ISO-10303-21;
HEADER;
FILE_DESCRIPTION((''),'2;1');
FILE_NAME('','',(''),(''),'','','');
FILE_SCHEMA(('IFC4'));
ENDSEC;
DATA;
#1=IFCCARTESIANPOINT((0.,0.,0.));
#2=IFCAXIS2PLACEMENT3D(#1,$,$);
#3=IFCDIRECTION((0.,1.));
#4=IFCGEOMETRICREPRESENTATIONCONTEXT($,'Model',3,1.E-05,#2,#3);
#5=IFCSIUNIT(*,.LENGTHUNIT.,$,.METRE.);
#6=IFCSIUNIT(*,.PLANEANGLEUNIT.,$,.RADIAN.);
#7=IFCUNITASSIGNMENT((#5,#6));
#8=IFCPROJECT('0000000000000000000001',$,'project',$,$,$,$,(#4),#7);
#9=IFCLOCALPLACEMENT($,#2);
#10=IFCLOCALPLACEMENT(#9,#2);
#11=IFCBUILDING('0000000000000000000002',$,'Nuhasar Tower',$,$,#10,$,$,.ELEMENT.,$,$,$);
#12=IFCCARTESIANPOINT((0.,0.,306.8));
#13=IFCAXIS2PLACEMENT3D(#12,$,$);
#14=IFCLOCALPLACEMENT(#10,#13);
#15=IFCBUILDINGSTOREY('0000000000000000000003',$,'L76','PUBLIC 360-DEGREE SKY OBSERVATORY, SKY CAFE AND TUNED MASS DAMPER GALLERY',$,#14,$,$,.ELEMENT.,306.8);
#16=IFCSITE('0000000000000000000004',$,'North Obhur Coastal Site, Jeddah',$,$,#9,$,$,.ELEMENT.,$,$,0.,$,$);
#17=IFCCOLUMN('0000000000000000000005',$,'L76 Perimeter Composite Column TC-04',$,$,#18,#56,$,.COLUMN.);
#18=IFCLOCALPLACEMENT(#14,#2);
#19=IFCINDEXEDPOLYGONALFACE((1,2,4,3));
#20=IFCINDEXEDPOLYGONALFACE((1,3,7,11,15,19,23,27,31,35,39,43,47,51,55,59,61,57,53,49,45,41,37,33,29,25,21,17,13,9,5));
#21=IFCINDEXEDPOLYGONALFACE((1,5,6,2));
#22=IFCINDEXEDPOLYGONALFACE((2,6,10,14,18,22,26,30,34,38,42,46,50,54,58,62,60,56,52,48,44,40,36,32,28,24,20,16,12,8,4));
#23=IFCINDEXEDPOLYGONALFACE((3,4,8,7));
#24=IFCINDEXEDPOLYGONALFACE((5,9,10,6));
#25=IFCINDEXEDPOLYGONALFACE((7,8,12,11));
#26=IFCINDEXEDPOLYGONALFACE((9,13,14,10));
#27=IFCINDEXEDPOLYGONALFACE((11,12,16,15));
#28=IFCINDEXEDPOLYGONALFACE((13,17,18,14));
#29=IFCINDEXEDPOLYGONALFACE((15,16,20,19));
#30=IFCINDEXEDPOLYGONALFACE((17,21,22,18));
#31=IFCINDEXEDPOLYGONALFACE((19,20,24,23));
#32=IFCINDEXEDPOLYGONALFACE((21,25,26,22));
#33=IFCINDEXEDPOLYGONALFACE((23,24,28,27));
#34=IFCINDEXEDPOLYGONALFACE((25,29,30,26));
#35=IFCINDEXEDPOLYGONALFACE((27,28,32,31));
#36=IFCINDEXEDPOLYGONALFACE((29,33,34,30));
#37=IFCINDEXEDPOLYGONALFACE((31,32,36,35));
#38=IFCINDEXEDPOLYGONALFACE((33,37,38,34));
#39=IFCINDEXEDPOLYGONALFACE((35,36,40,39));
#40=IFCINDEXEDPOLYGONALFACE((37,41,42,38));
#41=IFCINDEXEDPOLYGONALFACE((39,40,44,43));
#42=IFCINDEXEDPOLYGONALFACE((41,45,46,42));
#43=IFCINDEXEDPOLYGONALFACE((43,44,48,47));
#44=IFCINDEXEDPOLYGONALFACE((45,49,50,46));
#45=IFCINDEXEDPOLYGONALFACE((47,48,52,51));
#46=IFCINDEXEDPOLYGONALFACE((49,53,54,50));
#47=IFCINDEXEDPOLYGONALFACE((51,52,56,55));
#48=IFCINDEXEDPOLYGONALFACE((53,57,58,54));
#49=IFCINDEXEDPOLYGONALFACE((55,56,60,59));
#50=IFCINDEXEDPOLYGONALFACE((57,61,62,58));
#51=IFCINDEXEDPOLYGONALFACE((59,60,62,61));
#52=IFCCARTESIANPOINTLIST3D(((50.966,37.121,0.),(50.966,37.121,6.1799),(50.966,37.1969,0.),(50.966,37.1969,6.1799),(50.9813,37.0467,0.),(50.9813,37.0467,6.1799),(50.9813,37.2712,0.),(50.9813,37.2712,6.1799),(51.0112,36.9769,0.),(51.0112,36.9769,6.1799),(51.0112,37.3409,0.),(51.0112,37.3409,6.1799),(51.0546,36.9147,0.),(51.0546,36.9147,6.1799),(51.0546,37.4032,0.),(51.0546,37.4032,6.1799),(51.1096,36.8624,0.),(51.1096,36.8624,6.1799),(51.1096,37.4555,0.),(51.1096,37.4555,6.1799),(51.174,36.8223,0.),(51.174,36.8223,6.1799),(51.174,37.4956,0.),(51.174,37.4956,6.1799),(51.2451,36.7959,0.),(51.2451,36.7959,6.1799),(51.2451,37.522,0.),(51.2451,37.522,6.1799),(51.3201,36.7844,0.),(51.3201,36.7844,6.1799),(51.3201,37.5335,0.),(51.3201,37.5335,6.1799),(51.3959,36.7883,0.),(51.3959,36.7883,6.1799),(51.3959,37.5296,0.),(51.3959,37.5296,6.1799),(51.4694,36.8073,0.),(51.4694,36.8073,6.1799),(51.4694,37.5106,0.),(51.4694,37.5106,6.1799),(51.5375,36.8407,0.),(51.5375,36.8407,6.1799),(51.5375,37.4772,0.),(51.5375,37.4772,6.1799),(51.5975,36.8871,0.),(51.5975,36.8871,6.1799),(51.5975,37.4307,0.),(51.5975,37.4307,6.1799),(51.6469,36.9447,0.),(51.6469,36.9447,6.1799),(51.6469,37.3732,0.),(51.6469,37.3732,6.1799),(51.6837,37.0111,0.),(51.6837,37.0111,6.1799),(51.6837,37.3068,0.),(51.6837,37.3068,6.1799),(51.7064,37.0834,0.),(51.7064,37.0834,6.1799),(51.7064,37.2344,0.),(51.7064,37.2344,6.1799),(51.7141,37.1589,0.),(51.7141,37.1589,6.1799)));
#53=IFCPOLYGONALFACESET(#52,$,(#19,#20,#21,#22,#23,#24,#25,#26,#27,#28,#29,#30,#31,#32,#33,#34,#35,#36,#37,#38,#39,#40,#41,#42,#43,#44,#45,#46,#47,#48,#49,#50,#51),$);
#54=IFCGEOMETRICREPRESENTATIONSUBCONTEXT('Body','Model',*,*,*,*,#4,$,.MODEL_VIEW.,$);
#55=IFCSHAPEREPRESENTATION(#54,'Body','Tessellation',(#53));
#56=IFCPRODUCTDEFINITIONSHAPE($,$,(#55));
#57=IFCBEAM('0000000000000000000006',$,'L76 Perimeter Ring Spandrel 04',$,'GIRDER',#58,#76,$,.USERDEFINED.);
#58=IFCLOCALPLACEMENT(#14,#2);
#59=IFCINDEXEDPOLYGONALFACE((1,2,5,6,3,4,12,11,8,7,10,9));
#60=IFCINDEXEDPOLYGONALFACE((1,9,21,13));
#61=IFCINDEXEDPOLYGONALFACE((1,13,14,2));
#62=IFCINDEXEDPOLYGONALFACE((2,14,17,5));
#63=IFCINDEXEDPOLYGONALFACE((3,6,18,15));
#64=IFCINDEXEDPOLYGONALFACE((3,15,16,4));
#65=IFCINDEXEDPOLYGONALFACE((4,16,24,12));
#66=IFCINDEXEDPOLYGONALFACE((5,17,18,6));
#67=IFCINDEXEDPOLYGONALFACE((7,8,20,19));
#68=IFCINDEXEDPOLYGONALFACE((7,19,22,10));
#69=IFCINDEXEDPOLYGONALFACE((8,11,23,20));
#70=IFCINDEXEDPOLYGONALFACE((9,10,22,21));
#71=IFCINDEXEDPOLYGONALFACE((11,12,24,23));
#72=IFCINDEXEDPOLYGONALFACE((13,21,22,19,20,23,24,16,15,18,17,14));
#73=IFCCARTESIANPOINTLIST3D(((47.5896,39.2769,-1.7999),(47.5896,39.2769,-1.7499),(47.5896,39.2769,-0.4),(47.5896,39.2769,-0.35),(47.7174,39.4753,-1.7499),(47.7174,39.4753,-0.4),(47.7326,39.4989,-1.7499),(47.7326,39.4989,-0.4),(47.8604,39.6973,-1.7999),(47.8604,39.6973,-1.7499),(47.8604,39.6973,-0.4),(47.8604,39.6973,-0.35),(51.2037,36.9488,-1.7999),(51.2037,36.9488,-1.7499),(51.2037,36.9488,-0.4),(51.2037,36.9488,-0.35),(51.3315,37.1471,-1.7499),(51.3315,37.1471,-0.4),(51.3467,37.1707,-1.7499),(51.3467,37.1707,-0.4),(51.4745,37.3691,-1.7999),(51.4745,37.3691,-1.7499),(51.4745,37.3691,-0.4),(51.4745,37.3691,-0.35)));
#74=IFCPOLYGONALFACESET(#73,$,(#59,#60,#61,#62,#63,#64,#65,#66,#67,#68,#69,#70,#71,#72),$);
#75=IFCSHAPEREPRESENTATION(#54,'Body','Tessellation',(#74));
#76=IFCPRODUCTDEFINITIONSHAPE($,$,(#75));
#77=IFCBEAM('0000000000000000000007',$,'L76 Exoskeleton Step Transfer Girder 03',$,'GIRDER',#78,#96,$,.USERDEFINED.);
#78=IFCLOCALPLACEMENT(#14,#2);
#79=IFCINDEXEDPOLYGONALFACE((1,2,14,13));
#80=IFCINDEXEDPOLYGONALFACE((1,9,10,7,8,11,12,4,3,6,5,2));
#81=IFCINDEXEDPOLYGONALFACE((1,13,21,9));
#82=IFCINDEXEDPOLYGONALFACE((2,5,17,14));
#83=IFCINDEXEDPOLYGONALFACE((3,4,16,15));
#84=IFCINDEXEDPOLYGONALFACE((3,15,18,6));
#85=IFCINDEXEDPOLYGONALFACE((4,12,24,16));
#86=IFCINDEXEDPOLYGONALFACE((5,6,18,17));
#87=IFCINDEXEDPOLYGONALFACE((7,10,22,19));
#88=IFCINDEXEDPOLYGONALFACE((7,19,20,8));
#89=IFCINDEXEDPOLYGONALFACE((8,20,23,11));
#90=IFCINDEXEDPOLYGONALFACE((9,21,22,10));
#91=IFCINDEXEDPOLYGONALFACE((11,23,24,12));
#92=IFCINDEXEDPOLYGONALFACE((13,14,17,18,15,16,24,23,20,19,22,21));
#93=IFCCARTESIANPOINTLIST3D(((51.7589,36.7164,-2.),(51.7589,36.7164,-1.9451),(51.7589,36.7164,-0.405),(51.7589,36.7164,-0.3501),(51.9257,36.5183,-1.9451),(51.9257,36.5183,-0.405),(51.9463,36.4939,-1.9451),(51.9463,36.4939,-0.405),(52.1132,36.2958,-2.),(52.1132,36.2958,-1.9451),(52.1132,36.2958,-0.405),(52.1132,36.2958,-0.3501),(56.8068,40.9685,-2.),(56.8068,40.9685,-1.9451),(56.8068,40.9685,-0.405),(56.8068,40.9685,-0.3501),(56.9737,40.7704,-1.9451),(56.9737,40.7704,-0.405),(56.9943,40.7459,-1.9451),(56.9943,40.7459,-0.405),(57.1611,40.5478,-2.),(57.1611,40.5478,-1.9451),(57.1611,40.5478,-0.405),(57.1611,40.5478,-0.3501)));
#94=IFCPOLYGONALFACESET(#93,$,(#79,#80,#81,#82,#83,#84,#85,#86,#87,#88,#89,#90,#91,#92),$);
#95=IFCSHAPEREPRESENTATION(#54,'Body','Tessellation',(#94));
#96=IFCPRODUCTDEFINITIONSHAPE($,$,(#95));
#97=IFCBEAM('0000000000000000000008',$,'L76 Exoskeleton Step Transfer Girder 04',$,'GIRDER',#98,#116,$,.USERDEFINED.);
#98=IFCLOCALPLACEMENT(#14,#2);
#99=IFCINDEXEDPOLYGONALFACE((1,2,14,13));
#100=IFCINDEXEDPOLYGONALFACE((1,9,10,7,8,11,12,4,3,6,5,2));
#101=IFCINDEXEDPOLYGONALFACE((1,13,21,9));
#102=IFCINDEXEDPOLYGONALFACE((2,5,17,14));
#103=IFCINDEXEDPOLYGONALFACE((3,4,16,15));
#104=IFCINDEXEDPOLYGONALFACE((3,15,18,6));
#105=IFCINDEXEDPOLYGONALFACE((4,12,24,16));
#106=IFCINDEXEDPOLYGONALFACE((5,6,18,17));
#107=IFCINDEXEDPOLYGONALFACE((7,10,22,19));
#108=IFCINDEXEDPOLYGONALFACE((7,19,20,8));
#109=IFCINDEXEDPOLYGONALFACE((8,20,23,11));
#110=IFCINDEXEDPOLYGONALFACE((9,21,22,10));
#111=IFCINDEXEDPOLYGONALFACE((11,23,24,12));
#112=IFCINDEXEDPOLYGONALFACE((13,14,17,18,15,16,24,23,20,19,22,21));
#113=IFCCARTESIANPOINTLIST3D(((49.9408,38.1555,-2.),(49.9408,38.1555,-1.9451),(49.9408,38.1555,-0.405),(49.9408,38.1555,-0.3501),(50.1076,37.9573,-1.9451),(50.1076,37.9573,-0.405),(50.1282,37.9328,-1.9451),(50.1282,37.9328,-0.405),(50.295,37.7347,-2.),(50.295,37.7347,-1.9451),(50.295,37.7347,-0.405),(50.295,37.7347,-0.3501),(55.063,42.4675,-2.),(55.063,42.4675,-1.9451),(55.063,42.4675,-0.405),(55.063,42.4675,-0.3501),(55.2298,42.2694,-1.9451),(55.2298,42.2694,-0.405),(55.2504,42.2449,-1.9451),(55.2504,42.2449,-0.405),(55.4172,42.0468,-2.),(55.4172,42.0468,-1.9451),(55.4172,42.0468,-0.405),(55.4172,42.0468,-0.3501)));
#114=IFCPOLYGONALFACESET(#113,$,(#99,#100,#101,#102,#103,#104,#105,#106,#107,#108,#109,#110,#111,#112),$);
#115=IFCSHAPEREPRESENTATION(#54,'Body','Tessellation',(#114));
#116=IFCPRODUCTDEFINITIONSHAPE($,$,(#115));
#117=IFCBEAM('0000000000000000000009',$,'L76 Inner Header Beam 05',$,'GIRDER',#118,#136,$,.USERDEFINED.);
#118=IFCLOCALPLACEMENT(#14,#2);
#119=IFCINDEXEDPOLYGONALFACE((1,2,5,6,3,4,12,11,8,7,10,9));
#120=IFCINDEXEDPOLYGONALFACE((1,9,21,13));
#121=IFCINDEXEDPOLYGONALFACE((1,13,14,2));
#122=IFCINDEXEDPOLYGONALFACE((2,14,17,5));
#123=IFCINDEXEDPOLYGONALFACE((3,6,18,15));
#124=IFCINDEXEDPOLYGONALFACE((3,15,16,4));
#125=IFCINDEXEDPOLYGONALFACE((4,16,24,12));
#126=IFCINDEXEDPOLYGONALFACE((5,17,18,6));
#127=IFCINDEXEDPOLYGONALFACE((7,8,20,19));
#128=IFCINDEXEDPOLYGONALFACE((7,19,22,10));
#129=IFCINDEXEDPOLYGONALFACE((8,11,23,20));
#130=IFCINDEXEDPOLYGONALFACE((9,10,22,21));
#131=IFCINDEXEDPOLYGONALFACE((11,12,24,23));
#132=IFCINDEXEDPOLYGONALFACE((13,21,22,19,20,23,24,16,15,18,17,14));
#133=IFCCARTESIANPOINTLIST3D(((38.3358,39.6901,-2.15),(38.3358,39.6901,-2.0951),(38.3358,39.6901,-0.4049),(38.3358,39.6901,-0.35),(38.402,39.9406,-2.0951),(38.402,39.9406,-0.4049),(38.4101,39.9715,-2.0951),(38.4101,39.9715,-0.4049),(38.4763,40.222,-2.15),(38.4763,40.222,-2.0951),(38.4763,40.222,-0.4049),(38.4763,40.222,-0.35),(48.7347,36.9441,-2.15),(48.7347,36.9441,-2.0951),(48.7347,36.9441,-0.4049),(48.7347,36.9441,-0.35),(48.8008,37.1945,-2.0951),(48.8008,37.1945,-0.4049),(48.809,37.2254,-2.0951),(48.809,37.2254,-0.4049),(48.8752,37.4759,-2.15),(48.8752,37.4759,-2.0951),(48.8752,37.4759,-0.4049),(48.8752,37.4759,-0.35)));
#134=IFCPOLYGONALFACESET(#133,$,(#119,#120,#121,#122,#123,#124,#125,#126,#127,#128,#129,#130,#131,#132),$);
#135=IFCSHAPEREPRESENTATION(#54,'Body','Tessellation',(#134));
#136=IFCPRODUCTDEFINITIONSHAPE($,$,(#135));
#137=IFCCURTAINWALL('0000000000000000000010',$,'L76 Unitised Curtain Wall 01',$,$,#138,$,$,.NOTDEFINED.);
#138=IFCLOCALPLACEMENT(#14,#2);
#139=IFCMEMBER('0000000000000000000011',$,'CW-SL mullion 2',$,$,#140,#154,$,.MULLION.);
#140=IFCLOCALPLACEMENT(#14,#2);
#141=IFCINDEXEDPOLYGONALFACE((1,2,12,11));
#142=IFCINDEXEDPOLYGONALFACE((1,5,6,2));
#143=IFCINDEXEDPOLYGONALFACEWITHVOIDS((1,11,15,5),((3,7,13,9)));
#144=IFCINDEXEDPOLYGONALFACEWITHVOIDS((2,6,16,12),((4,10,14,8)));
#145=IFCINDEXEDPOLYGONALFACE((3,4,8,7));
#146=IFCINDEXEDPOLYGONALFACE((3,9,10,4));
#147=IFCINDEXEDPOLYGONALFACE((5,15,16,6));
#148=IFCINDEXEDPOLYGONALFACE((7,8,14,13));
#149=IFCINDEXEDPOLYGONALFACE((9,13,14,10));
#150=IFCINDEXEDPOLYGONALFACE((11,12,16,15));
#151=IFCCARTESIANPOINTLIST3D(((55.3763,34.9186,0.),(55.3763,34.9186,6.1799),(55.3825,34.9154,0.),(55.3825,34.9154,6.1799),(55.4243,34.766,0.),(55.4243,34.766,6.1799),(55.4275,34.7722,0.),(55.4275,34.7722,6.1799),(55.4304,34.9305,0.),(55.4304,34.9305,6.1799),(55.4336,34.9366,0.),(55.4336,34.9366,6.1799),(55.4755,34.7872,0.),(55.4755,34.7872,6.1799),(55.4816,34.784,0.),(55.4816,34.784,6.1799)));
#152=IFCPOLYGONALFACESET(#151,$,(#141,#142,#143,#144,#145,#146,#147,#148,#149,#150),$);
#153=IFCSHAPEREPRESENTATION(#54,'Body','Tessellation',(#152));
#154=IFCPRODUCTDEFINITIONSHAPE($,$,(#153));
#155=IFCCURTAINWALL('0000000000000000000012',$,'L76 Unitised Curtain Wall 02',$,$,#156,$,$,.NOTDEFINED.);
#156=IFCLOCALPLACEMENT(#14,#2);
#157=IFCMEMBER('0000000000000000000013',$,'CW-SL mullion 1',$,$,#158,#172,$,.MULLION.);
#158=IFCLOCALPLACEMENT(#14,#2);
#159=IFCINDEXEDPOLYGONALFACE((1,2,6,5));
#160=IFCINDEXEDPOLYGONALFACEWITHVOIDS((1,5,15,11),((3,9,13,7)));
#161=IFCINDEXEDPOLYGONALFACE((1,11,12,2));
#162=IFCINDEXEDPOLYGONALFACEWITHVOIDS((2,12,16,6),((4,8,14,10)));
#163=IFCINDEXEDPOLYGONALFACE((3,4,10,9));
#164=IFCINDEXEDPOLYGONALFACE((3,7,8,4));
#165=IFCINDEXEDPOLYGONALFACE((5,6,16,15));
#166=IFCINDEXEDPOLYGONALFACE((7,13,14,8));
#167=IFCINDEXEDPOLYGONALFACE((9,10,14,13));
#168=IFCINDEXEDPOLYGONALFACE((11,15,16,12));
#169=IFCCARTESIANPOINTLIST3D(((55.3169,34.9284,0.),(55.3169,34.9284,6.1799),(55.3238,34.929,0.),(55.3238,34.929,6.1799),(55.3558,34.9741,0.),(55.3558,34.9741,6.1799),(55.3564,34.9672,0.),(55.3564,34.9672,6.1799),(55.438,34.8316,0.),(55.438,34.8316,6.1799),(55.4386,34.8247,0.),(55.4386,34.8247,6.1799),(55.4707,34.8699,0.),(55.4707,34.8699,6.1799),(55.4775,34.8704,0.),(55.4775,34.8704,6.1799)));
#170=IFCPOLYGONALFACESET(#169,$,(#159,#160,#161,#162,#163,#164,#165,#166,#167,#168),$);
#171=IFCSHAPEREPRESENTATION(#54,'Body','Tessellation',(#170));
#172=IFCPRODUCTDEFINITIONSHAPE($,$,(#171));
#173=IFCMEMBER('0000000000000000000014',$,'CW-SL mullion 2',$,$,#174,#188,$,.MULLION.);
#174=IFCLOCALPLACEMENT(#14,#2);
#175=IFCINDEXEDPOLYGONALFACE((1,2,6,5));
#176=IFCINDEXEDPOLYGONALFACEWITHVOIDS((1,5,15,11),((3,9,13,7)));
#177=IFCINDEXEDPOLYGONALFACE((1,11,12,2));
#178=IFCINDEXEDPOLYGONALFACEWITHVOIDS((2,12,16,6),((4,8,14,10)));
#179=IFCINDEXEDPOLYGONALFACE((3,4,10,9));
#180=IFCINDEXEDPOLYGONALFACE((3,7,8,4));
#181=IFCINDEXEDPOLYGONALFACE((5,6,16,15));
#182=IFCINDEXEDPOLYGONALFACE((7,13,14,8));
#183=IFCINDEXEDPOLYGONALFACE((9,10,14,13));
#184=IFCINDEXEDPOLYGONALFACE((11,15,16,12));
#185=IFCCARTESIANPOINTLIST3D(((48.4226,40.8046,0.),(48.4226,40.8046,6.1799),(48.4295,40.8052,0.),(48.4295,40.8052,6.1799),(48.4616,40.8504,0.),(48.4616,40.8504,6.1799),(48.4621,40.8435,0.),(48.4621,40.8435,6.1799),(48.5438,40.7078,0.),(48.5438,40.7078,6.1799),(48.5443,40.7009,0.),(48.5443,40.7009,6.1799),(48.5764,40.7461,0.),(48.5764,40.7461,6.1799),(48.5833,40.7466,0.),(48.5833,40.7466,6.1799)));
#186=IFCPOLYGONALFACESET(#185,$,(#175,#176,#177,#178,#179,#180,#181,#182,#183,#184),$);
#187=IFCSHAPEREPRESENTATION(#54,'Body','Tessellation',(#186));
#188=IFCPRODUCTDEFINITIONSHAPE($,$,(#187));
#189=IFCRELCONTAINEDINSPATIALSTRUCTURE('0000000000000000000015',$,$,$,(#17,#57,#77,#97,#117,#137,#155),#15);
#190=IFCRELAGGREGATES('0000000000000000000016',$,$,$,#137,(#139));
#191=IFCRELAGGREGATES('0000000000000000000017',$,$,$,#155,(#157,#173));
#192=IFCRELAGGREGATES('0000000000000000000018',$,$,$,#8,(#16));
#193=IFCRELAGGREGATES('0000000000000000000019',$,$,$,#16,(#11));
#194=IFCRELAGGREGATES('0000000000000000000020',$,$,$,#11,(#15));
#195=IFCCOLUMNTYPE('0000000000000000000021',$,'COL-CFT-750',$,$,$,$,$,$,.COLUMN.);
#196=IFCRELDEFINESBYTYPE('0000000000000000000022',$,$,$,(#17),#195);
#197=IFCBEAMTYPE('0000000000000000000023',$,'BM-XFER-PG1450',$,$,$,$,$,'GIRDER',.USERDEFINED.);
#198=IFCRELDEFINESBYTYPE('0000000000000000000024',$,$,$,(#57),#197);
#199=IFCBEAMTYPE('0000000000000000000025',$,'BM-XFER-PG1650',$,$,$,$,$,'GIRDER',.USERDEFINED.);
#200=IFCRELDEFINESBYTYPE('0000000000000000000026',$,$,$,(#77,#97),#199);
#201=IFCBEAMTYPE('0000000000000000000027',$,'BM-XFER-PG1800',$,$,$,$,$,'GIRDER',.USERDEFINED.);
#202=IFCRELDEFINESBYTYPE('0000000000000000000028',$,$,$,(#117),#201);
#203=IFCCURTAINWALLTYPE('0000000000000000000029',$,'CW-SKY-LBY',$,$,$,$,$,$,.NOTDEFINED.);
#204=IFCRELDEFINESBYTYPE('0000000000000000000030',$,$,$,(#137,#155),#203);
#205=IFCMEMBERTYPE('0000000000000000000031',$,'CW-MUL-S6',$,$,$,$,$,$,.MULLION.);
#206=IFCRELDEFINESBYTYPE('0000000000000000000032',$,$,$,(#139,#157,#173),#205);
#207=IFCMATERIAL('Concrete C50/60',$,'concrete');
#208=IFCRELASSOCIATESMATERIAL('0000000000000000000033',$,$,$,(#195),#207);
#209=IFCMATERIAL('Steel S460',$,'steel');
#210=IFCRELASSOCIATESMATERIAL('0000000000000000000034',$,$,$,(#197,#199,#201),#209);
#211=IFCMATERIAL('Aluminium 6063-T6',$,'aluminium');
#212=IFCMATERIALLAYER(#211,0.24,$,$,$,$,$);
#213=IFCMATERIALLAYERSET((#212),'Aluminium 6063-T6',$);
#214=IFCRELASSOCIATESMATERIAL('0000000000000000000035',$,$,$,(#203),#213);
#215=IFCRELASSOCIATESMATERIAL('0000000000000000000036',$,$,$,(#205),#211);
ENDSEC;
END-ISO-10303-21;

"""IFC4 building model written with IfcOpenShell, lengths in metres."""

from ifc_helpers import new_model, si_unit, direction, frame, origin, origin_2d, place, context, subcontext, project, spatial, hollow_rectangle, circle, i_section, extrude, material, layer, layer_set, material_profile, profile_set, type_object, element, aggregate, save


model = new_model("IFC4")

# Units and contexts
model_context = context("Model", 3, precision=1e-05, world=origin(), true_north=direction((0.0, 1.0)))
body_context = subcontext(model_context, "Body", "Model", "MODEL_VIEW")
ifc_project = project(units=[si_unit("LENGTHUNIT", "METRE"), si_unit("PLANEANGLEUNIT", "RADIAN")], contexts=[model_context])

# Site, building, storey
site_placement = place(None, origin())
site = spatial("IfcSite", under=ifc_project, at=site_placement, Name="North Obhur Coastal Site, Jeddah", CompositionType="ELEMENT", RefElevation=0.0)
building_placement = place(site_placement, origin())
building = spatial("IfcBuilding", under=site, at=building_placement, Name="Nuhasar Tower", CompositionType="ELEMENT")
storey_placement = place(building_placement, frame((0.0, 0.0, 306.8)))
storey = spatial("IfcBuildingStorey", under=building, at=storey_placement, Name="L76", Description="PUBLIC 360-DEGREE SKY OBSERVATORY, SKY CAFE AND TUNED MASS DAMPER GALLERY", CompositionType="ELEMENT", Elevation=306.8)

# Column
ifc_material_1 = material(Name="Concrete C50/60", Category="concrete")
ifc_material_profile_1 = material_profile(ifc_material_1, circle(Radius=0.375, at=origin_2d()), Name="CFT750")
ifc_profile_set_1 = profile_set([ifc_material_profile_1], Name="Concrete C50/60")
column_type = type_object("IfcColumnType", Name="COL-CFT-750", PredefinedType="COLUMN", material=ifc_profile_set_1)
column_placement = place(storey_placement, frame((51.3391, 37.1589, 0.0), z_axis=(0.0, 0.0, 1.0), x_axis=(1.0, 0.0, 0.0)))
element("IfcColumn", 1, at=column_placement, inside=storey, type_object=column_type, Name="L76 Perimeter Composite Column TC-04", PredefinedType="COLUMN", context=body_context, shape_type="SweptSolid", body=[
    extrude(circle(Radius=0.375, at=origin_2d()), origin(), (0.0, 0.0, 1.0), 6.1799),
])

# Beams
ifc_material_2 = material(Name="Steel S460", Category="steel")
ifc_material_profile_2 = material_profile(ifc_material_2, i_section(OverallWidth=0.5, OverallDepth=1.45, WebThickness=0.0281, FlangeThickness=0.05, at=origin_2d()), Name="PG1450X500")
ifc_profile_set_2 = profile_set([ifc_material_profile_2], Name="Steel S460")
beam_type_1 = type_object("IfcBeamType", Name="BM-XFER-PG1450", ElementType="GIRDER", PredefinedType="USERDEFINED", material=ifc_profile_set_2)
beam_1_placement = place(storey_placement, frame((51.3391, 37.1589, -1.075), z_axis=(-0.840667, 0.541552, 0.0), x_axis=(-0.541552, -0.840667, 0.0)))
element("IfcBeam", 2, at=beam_1_placement, inside=storey, type_object=beam_type_1, Name="L76 Perimeter Ring Spandrel 04", ObjectType="GIRDER", PredefinedType="USERDEFINED", context=body_context, shape_type="SweptSolid", body=[
    extrude(i_section(OverallWidth=0.5, OverallDepth=1.45, WebThickness=0.0281, FlangeThickness=0.05, at=origin_2d()), origin(), (0.0, 0.0, 1.0), 4.2991),
])
ifc_material_profile_3 = material_profile(ifc_material_2, i_section(OverallWidth=0.55, OverallDepth=1.6499, WebThickness=0.032, FlangeThickness=0.0549, at=origin_2d()), Name="PG1650X550")
ifc_profile_set_3 = profile_set([ifc_material_profile_3], Name="Steel S460")
beam_type_2 = type_object("IfcBeamType", Name="BM-XFER-PG1650", ElementType="GIRDER", PredefinedType="USERDEFINED", material=ifc_profile_set_3)
beam_2_placement = place(storey_placement, frame((51.936, 36.5061, -1.175), z_axis=(0.764827, 0.644236, 0.0), x_axis=(-0.644236, 0.764827, 0.0)))
element("IfcBeam", 3, at=beam_2_placement, inside=storey, type_object=beam_type_2, Name="L76 Exoskeleton Step Transfer Girder 03", ObjectType="GIRDER", PredefinedType="USERDEFINED", context=body_context, shape_type="SweptSolid", body=[
    extrude(i_section(OverallWidth=0.55, OverallDepth=1.6499, WebThickness=0.032, FlangeThickness=0.0549, at=origin_2d()), origin(), (0.0, 0.0, 1.0), 6.6001),
])
beam_3_placement = place(storey_placement, frame((50.1179, 37.9451, -1.175), z_axis=(0.765008, 0.644021, 0.0), x_axis=(-0.644021, 0.765008, 0.0)))
element("IfcBeam", 4, at=beam_3_placement, inside=storey, type_object=beam_type_2, Name="L76 Exoskeleton Step Transfer Girder 04", ObjectType="GIRDER", PredefinedType="USERDEFINED", context=body_context, shape_type="SweptSolid", body=[
    extrude(i_section(OverallWidth=0.55, OverallDepth=1.6499, WebThickness=0.032, FlangeThickness=0.0549, at=origin_2d()), origin(), (0.0, 0.0, 1.0), 6.6956),
])
ifc_material_profile_4 = material_profile(ifc_material_2, i_section(OverallWidth=0.55, OverallDepth=1.8, WebThickness=0.032, FlangeThickness=0.0549, at=origin_2d()), Name="PG1800X550")
ifc_profile_set_4 = profile_set([ifc_material_profile_4], Name="Steel S460")
beam_type_3 = type_object("IfcBeamType", Name="BM-XFER-PG1800", ElementType="GIRDER", PredefinedType="USERDEFINED", material=ifc_profile_set_4)
beam_4_placement = place(storey_placement, frame((48.8049, 37.21, -1.25), z_axis=(-0.966856, 0.255322, 0.0), x_axis=(-0.255322, -0.966856, 0.0)))
element("IfcBeam", 5, at=beam_4_placement, inside=storey, type_object=beam_type_3, Name="L76 Inner Header Beam 05", ObjectType="GIRDER", PredefinedType="USERDEFINED", context=body_context, shape_type="SweptSolid", body=[
    extrude(i_section(OverallWidth=0.55, OverallDepth=1.8, WebThickness=0.032, FlangeThickness=0.0549, at=origin_2d()), origin(), (0.0, 0.0, 1.0), 10.7554),
])

# Curtain wall, member
ifc_material_3 = material(Name="Aluminium 6063-T6", Category="aluminium")
ifc_layer_1 = layer(ifc_material_3, 0.24)
ifc_layer_set_1 = layer_set([ifc_layer_1], Name="Aluminium 6063-T6")
curtain_wall_type = type_object("IfcCurtainWallType", Name="CW-SKY-LBY", PredefinedType="NOTDEFINED", material=ifc_layer_set_1)
curtain_wall_1_placement = place(storey_placement, origin())
curtain_wall_1 = element("IfcCurtainWall", 6, at=curtain_wall_1_placement, inside=storey, type_object=curtain_wall_type, Name="L76 Unitised Curtain Wall 01", PredefinedType="NOTDEFINED")
ifc_material_profile_5 = material_profile(ifc_material_3, hollow_rectangle(XDim=0.0601, YDim=0.1599, WallThickness=0.0049, at=origin_2d()), Name="CWM-6")
ifc_profile_set_5 = profile_set([ifc_material_profile_5], Name="Aluminium 6063-T6")
member_type_1 = type_object("IfcMemberType", Name="CW-MUL-S6", PredefinedType="MULLION", material=ifc_profile_set_5)
member_1_placement = place(storey_placement, frame((55.429, 34.8513, 0.0), z_axis=(0.0, 0.0, 1.0), x_axis=(-0.953974, -0.299888, 0.0)))
member_1 = element("IfcMember", 7, at=member_1_placement, type_object=member_type_1, Name="CW-SL mullion 2", PredefinedType="MULLION", context=body_context, shape_type="SweptSolid", body=[
    extrude(hollow_rectangle(XDim=0.0601, YDim=0.1599, WallThickness=0.0049, at=origin_2d()), origin(), (0.0, 0.0, 1.0), 6.1799),
])
aggregate(curtain_wall_1, [member_1])

# Curtain wall, members
curtain_wall_2_placement = place(storey_placement, origin())
curtain_wall_2 = element("IfcCurtainWall", 8, at=curtain_wall_2_placement, inside=storey, type_object=curtain_wall_type, Name="L76 Unitised Curtain Wall 02", PredefinedType="NOTDEFINED")
member_2_placement = place(storey_placement, frame((55.3972, 34.8994, 0.0), z_axis=(0.0, 0.0, 1.0), x_axis=(-0.648666, -0.761073, 0.0)))
member_2 = element("IfcMember", 9, at=member_2_placement, type_object=member_type_1, Name="CW-SL mullion 1", PredefinedType="MULLION", context=body_context, shape_type="SweptSolid", body=[
    extrude(hollow_rectangle(XDim=0.0601, YDim=0.1599, WallThickness=0.0049, at=origin_2d()), origin(), (0.0, 0.0, 1.0), 6.1799),
])
member_3_placement = place(storey_placement, frame((48.5029, 40.7756, 0.0), z_axis=(0.0, 0.0, 1.0), x_axis=(-0.648666, -0.761073, 0.0)))
member_3 = element("IfcMember", 10, at=member_3_placement, type_object=member_type_1, Name="CW-SL mullion 2", PredefinedType="MULLION", context=body_context, shape_type="SweptSolid", body=[
    extrude(hollow_rectangle(XDim=0.0601, YDim=0.1599, WallThickness=0.0049, at=origin_2d()), origin(), (0.0, 0.0, 1.0), 6.1799),
])

aggregate(curtain_wall_2, [member_2, member_3])

save(model, "model.ifc")
